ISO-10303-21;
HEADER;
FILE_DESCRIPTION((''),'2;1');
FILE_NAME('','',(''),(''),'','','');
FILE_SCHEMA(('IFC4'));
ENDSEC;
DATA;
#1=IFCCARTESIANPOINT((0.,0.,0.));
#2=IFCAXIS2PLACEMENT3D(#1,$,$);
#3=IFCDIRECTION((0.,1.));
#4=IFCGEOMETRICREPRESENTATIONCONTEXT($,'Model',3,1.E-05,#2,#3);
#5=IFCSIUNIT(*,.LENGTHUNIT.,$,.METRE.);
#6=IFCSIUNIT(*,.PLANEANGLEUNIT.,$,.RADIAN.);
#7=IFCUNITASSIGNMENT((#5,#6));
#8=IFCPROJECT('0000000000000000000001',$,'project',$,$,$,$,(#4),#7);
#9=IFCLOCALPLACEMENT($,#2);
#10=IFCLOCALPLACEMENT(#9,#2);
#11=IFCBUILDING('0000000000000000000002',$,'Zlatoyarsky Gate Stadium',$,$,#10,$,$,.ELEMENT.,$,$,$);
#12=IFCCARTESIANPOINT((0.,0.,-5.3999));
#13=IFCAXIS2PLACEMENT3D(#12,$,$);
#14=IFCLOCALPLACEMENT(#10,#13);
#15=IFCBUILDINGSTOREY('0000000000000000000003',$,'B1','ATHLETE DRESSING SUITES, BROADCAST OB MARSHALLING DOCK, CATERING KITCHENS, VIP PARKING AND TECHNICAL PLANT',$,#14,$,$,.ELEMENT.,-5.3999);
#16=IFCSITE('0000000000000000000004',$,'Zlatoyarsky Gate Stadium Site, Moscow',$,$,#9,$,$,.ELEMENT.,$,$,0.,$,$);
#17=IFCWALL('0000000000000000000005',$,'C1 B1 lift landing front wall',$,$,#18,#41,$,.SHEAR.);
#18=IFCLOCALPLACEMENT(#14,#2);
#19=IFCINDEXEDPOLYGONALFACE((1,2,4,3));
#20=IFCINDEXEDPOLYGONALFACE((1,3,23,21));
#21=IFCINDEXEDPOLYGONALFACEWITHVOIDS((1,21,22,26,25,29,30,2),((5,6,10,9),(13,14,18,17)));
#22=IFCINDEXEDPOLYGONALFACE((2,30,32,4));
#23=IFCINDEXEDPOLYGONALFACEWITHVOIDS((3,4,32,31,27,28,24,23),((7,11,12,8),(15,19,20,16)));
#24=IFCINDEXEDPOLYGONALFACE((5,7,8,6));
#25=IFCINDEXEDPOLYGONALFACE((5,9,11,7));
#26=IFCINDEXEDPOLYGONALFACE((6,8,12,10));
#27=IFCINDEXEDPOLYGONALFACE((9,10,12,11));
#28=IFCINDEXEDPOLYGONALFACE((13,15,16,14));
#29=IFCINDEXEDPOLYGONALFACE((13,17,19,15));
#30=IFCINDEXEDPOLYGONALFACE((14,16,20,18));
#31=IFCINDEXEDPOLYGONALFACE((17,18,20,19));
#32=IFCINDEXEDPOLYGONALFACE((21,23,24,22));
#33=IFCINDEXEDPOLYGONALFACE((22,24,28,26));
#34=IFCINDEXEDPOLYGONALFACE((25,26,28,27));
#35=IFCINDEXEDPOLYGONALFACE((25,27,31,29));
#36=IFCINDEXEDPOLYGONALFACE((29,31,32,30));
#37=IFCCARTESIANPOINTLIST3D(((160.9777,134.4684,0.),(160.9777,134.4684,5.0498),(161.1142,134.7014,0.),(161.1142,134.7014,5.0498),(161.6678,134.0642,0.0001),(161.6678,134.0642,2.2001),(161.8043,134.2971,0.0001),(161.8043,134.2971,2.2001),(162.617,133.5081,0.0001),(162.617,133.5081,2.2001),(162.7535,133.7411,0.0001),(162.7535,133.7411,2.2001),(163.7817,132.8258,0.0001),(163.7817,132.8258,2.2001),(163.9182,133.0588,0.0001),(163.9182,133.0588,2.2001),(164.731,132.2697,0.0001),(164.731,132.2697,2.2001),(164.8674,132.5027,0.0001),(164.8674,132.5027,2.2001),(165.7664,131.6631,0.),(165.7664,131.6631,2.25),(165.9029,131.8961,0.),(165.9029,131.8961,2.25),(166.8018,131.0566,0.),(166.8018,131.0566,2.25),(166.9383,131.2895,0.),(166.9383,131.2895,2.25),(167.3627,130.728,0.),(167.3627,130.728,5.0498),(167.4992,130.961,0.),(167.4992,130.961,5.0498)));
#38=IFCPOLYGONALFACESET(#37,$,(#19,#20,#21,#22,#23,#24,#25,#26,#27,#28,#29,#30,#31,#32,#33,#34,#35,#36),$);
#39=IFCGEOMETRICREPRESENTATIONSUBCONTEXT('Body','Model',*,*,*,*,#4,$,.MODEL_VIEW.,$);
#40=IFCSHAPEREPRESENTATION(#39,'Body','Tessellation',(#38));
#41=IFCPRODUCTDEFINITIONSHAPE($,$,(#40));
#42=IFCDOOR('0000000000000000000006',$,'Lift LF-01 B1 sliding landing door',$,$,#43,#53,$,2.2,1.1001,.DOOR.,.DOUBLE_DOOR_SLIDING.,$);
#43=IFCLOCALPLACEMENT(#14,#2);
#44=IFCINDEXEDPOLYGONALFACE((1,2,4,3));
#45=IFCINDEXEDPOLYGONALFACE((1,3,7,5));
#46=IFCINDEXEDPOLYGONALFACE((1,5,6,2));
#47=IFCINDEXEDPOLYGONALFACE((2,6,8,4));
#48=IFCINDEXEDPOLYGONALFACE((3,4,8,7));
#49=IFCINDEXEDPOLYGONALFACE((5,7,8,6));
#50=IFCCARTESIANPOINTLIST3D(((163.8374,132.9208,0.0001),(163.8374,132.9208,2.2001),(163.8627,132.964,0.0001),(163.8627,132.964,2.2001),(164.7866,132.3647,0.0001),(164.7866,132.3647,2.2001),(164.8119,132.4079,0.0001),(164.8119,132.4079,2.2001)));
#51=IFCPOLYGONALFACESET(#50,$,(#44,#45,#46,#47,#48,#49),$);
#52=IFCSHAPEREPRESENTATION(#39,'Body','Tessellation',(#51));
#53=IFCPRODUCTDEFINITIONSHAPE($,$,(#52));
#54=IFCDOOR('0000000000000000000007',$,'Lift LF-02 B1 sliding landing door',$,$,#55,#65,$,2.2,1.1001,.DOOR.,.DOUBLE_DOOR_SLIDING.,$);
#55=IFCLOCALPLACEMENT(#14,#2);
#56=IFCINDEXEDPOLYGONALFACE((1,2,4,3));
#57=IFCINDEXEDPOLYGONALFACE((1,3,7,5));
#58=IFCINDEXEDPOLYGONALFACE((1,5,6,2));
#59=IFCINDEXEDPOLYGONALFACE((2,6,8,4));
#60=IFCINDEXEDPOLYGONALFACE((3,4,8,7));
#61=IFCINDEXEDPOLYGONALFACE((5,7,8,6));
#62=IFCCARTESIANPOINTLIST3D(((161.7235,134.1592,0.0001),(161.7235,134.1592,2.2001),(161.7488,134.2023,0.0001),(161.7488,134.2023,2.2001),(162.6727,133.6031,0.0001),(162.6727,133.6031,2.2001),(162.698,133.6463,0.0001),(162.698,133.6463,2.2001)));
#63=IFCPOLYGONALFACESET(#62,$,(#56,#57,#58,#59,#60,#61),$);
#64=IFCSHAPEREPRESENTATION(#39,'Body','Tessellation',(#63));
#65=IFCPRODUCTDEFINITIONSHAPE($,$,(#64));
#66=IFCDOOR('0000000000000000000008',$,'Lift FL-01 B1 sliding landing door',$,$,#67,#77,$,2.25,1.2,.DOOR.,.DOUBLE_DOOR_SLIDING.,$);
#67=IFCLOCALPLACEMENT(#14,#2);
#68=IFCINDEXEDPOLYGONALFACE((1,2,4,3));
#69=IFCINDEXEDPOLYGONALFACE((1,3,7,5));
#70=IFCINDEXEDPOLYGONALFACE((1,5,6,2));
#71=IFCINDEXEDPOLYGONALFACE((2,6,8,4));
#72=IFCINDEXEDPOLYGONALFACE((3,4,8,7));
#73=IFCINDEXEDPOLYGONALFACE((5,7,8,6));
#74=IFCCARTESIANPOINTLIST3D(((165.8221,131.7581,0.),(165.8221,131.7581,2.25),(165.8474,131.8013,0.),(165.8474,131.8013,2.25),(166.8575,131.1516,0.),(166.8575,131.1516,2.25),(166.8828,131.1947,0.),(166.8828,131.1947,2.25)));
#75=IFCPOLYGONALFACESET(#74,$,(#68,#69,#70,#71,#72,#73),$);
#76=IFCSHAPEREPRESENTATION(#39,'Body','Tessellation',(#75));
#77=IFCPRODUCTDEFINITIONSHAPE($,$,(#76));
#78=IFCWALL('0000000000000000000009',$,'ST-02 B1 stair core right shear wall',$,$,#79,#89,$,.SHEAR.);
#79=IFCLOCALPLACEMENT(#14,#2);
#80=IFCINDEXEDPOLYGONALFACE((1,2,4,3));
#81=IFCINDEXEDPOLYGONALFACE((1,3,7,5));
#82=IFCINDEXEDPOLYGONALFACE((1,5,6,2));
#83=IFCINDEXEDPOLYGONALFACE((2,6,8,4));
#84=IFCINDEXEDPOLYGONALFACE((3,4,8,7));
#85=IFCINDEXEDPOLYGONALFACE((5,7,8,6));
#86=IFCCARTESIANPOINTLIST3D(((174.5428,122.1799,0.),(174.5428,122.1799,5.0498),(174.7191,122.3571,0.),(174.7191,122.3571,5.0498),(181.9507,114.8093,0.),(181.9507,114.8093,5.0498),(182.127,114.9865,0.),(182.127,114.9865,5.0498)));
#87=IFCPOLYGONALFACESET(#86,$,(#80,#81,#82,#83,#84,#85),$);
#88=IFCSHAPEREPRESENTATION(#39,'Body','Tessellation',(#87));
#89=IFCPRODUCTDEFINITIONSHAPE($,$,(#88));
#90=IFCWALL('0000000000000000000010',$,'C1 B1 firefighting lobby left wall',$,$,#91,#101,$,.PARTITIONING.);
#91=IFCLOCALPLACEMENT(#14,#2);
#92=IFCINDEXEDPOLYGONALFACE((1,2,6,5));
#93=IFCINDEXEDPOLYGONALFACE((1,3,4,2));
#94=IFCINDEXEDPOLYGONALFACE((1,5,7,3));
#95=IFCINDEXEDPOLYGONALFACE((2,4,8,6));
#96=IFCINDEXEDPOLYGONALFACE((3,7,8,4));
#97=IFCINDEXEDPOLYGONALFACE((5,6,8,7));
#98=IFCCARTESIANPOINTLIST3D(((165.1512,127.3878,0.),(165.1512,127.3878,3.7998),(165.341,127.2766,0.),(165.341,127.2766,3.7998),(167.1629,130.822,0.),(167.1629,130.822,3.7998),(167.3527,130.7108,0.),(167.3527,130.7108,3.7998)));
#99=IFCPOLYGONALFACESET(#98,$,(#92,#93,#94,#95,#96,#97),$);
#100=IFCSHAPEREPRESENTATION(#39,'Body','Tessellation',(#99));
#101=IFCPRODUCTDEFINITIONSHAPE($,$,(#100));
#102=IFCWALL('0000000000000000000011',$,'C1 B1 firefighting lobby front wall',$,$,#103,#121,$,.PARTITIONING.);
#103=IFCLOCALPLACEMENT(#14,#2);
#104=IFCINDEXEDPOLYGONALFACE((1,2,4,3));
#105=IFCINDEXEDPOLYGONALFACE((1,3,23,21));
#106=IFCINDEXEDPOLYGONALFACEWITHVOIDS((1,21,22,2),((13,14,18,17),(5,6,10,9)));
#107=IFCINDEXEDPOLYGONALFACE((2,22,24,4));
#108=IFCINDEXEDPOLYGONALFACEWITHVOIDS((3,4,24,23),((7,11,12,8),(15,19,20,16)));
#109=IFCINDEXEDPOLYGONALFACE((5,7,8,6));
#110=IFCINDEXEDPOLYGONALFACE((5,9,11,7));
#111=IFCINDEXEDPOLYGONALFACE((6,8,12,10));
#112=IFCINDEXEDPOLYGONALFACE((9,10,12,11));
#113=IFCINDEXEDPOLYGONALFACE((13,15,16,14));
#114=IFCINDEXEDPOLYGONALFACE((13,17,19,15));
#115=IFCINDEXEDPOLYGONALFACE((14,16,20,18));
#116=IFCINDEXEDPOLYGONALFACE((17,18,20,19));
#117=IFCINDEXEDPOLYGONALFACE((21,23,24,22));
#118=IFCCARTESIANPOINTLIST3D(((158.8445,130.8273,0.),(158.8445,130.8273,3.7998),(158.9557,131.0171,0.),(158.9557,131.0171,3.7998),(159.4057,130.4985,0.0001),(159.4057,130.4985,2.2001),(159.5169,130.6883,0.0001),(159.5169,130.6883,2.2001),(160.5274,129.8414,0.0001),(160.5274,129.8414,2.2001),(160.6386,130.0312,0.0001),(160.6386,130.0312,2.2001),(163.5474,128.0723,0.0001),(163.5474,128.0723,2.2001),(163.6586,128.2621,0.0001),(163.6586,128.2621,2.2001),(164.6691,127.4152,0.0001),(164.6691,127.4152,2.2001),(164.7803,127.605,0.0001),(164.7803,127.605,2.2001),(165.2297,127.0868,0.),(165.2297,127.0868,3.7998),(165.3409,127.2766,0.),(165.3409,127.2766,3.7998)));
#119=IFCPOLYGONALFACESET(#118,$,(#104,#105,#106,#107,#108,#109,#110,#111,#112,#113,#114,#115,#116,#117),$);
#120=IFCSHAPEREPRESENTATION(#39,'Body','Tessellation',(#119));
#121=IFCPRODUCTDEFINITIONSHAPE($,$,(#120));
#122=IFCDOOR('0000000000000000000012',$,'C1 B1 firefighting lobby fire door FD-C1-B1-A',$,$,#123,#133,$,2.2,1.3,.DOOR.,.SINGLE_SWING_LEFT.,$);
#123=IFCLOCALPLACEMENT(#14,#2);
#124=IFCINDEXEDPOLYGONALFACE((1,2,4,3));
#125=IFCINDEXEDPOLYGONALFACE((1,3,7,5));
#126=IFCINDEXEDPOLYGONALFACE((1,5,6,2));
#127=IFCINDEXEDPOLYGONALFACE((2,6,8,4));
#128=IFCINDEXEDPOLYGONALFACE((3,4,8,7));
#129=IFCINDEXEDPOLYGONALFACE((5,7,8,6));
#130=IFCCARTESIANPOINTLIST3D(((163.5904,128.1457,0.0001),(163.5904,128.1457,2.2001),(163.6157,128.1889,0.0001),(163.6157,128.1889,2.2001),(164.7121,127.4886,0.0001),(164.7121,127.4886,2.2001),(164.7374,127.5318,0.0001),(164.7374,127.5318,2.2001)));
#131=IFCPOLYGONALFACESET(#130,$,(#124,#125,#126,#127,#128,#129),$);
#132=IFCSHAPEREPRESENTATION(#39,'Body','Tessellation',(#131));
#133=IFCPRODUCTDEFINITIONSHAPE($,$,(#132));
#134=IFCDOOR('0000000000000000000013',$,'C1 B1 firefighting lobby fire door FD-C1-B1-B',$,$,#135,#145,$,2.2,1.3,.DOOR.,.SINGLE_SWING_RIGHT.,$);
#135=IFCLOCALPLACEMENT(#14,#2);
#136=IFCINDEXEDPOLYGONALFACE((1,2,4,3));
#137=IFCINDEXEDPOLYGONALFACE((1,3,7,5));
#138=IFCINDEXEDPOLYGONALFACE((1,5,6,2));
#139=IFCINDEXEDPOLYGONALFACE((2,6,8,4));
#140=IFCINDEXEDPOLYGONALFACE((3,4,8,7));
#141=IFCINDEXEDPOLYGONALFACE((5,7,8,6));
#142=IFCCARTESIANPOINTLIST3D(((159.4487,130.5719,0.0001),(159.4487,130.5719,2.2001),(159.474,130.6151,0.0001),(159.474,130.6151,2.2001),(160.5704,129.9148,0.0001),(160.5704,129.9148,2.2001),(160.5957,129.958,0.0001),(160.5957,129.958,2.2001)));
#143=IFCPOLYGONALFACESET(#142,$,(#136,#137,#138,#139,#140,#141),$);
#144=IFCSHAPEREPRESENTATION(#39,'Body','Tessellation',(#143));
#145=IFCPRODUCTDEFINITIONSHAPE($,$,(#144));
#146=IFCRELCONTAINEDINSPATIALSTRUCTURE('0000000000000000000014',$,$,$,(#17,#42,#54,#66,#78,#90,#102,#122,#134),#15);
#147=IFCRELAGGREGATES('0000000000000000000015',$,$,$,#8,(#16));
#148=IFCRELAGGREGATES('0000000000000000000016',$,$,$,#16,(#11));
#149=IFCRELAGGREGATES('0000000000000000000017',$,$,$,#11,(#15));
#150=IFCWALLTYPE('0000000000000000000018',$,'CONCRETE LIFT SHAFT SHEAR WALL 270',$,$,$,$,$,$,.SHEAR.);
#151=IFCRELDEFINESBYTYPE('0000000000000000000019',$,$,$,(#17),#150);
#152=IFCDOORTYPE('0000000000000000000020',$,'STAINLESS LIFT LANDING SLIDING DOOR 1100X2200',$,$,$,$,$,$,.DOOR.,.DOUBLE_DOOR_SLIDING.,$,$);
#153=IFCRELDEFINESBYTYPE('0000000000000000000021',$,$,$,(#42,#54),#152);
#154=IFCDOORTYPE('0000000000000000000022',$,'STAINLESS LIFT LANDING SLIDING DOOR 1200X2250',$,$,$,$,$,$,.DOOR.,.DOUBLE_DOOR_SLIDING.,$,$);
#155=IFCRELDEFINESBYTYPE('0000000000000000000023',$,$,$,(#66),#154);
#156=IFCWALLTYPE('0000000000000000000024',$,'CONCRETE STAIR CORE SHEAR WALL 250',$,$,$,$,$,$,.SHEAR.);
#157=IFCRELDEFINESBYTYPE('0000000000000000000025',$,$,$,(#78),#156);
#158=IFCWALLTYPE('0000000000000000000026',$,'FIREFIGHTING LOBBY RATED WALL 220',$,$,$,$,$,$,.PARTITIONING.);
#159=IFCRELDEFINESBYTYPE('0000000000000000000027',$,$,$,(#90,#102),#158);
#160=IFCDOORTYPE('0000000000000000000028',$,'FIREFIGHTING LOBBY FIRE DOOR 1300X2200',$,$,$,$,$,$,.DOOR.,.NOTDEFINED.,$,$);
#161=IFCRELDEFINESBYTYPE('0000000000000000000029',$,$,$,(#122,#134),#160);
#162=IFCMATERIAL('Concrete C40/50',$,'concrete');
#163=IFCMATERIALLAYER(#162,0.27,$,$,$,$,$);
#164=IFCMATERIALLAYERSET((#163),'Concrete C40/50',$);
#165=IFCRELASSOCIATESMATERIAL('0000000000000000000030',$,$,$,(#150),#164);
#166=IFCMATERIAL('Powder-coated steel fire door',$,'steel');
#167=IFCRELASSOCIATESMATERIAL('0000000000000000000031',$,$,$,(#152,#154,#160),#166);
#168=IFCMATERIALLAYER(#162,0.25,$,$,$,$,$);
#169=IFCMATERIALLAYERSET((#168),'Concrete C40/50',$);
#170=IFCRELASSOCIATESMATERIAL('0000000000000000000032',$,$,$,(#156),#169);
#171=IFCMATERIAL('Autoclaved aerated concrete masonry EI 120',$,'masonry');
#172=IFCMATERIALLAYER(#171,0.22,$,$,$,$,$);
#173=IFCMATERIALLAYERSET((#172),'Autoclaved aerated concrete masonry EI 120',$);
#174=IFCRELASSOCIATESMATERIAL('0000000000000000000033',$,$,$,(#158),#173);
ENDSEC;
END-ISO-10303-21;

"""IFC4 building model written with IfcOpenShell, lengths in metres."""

from ifc_helpers import new_model, si_unit, direction, frame, frame_2d, origin, place, context, subcontext, project, spatial, rectangle, extrude, material, layer, layer_set, type_object, element, fill, save


model = new_model("IFC4")

# Units and contexts
model_context = context("Model", 3, precision=1e-05, world=origin(), true_north=direction((0.0, 1.0)))
body_context = subcontext(model_context, "Body", "Model", "MODEL_VIEW")
ifc_project = project(units=[si_unit("LENGTHUNIT", "METRE"), si_unit("PLANEANGLEUNIT", "RADIAN")], contexts=[model_context])

# Site, building, storey
site_placement = place(None, origin())
site = spatial("IfcSite", under=ifc_project, at=site_placement, Name="Zlatoyarsky Gate Stadium Site, Moscow", CompositionType="ELEMENT", RefElevation=0.0)
building_placement = place(site_placement, origin())
building = spatial("IfcBuilding", under=site, at=building_placement, Name="Zlatoyarsky Gate Stadium", CompositionType="ELEMENT")
storey_placement = place(building_placement, frame((0.0, 0.0, -5.3999)))
storey = spatial("IfcBuildingStorey", under=building, at=storey_placement, Name="B1", Description="ATHLETE DRESSING SUITES, BROADCAST OB MARSHALLING DOCK, CATERING KITCHENS, VIP PARKING AND TECHNICAL PLANT", CompositionType="ELEMENT", Elevation=-5.3999)

# Shared definitions
ifc_material_1 = material(Name="Concrete C40/50", Category="concrete")

# Shared definitions
ifc_material_2 = material(Name="Powder-coated steel fire door", Category="steel")

# Shared definitions
ifc_layer_1 = layer(ifc_material_1, 0.27)
ifc_layer_set_1 = layer_set([ifc_layer_1], Name="Concrete C40/50")
wall_type_1 = type_object("IfcWallType", Name="CONCRETE LIFT SHAFT SHEAR WALL 270", PredefinedType="SHEAR", material=ifc_layer_set_1)

# Wall, openings, doors
wall_1_placement = place(storey_placement, frame((167.4309, 130.8445, 0.0), z_axis=(0.0, 0.0, 1.0), x_axis=(-0.862843, 0.505472, 0.0)))
wall_1 = element("IfcWall", 1, at=wall_1_placement, inside=storey, type_object=wall_type_1, Name="C1 B1 lift landing front wall", PredefinedType="SHEAR", context=body_context, shape_type="SweptSolid", body=[
    extrude(rectangle(XDim=7.3999, YDim=0.27, at=frame_2d((3.7, 0.0))), origin(), (0.0, 0.0, 1.0), 5.0498),
])
opening_1_placement = place(wall_1_placement, frame((0.6499, 0.0, 0.0)))
opening_1 = element("IfcOpeningElement", 2, at=opening_1_placement, cuts=wall_1, PredefinedType="OPENING", context=body_context, shape_type="SweptSolid", body=[
    extrude(rectangle(XDim=1.2, YDim=2.25, at=frame_2d((0.6001, 1.125))), frame((0.0, 0.145, 0.0), z_axis=(0.0, -1.0, 0.0), x_axis=(1.0, 0.0, 0.0)), (0.0, 0.0, 1.0), 0.29),
])
opening_2_placement = place(wall_1_placement, frame((3.05, 0.0, 0.0)))
opening_2 = element("IfcOpeningElement", 3, at=opening_2_placement, cuts=wall_1, PredefinedType="OPENING", context=body_context, shape_type="SweptSolid", body=[
    extrude(rectangle(XDim=1.1001, YDim=2.2, at=frame_2d((0.55, 1.1001))), frame((0.0, 0.145, 0.0), z_axis=(0.0, -1.0, 0.0), x_axis=(1.0, 0.0, 0.0)), (0.0, 0.0, 1.0), 0.29),
])
opening_3_placement = place(wall_1_placement, frame((5.5, 0.0, 0.0)))
opening_3 = element("IfcOpeningElement", 4, at=opening_3_placement, cuts=wall_1, PredefinedType="OPENING", context=body_context, shape_type="SweptSolid", body=[
    extrude(rectangle(XDim=1.1001, YDim=2.2, at=frame_2d((0.55, 1.1001))), frame((0.0, 0.145, 0.0), z_axis=(0.0, -1.0, 0.0), x_axis=(1.0, 0.0, 0.0)), (0.0, 0.0, 1.0), 0.29),
])
door_type_1 = type_object("IfcDoorType", Name="STAINLESS LIFT LANDING SLIDING DOOR 1100X2200", OperationType="DOUBLE_DOOR_SLIDING", PredefinedType="DOOR", material=ifc_material_2)
door_1_placement = place(opening_2_placement, origin())
door_1 = element("IfcDoor", 5, at=door_1_placement, inside=storey, type_object=door_type_1, Name="Lift LF-01 B1 sliding landing door", OperationType="DOUBLE_DOOR_SLIDING", OverallHeight=2.2, OverallWidth=1.1001, PredefinedType="DOOR", context=body_context, shape_type="SweptSolid", body=[
    extrude(rectangle(XDim=1.1001, YDim=2.2, at=frame_2d((0.55, 1.1001))), frame((0.0, 0.0249, 0.0), z_axis=(0.0, -1.0, 0.0), x_axis=(1.0, 0.0, 0.0)), (0.0, 0.0, 1.0), 0.05),
])
fill(opening_2, door_1)
door_2_placement = place(opening_3_placement, origin())
door_2 = element("IfcDoor", 6, at=door_2_placement, inside=storey, type_object=door_type_1, Name="Lift LF-02 B1 sliding landing door", OperationType="DOUBLE_DOOR_SLIDING", OverallHeight=2.2, OverallWidth=1.1001, PredefinedType="DOOR", context=body_context, shape_type="SweptSolid", body=[
    extrude(rectangle(XDim=1.1001, YDim=2.2, at=frame_2d((0.55, 1.1001))), frame((0.0, 0.0249, 0.0), z_axis=(0.0, -1.0, 0.0), x_axis=(1.0, 0.0, 0.0)), (0.0, 0.0, 1.0), 0.05),
])
fill(opening_3, door_2)
door_type_2 = type_object("IfcDoorType", Name="STAINLESS LIFT LANDING SLIDING DOOR 1200X2250", OperationType="DOUBLE_DOOR_SLIDING", PredefinedType="DOOR", material=ifc_material_2)
door_3_placement = place(opening_1_placement, origin())
door_3 = element("IfcDoor", 7, at=door_3_placement, inside=storey, type_object=door_type_2, Name="Lift FL-01 B1 sliding landing door", OperationType="DOUBLE_DOOR_SLIDING", OverallHeight=2.25, OverallWidth=1.2, PredefinedType="DOOR", context=body_context, shape_type="SweptSolid", body=[
    extrude(rectangle(XDim=1.2, YDim=2.25, at=frame_2d((0.6001, 1.125))), frame((0.0, 0.0249, 0.0), z_axis=(0.0, -1.0, 0.0), x_axis=(1.0, 0.0, 0.0)), (0.0, 0.0, 1.0), 0.05),
])
fill(opening_1, door_3)

# Walls
ifc_layer_2 = layer(ifc_material_1, 0.25)
ifc_layer_set_2 = layer_set([ifc_layer_2], Name="Concrete C40/50")
wall_type_2 = type_object("IfcWallType", Name="CONCRETE STAIR CORE SHEAR WALL 250", PredefinedType="SHEAR", material=ifc_layer_set_2)
wall_2_placement = place(storey_placement, frame((174.6309, 122.2686, 0.0), z_axis=(0.0, 0.0, 1.0), x_axis=(0.708892, -0.705317, 0.0)))
element("IfcWall", 8, at=wall_2_placement, inside=storey, type_object=wall_type_2, Name="ST-02 B1 stair core right shear wall", PredefinedType="SHEAR", context=body_context, shape_type="SweptSolid", body=[
    extrude(rectangle(XDim=10.45, YDim=0.25, at=frame_2d((5.2251, 0.0))), origin(), (0.0, 0.0, 1.0), 5.0498),
])
ifc_material_3 = material(Name="Autoclaved aerated concrete masonry EI 120", Category="masonry")
ifc_layer_3 = layer(ifc_material_3, 0.22)
ifc_layer_set_3 = layer_set([ifc_layer_3], Name="Autoclaved aerated concrete masonry EI 120")
wall_type_3 = type_object("IfcWallType", Name="FIREFIGHTING LOBBY RATED WALL 220", PredefinedType="PARTITIONING", material=ifc_layer_set_3)
wall_3_placement = place(storey_placement, frame((167.2578, 130.7664, 0.0), z_axis=(0.0, 0.0, 1.0), x_axis=(-0.505464, -0.862847, 0.0)))
element("IfcWall", 9, at=wall_3_placement, inside=storey, type_object=wall_type_3, Name="C1 B1 firefighting lobby left wall", PredefinedType="PARTITIONING", context=body_context, shape_type="SweptSolid", body=[
    extrude(rectangle(XDim=3.98, YDim=0.22, at=frame_2d((1.99, 0.0))), origin(), (0.0, 0.0, 1.0), 3.7998),
])

# Wall, openings, doors
wall_4_placement = place(storey_placement, frame((165.2854, 127.1816, 0.0), z_axis=(0.0, 0.0, 1.0), x_axis=(-0.862851, 0.505458, 0.0)))
wall_4 = element("IfcWall", 10, at=wall_4_placement, inside=storey, type_object=wall_type_3, Name="C1 B1 firefighting lobby front wall", PredefinedType="PARTITIONING", context=body_context, shape_type="SweptSolid", body=[
    extrude(rectangle(XDim=7.4001, YDim=0.22, at=frame_2d((3.7002, 0.0))), origin(), (0.0, 0.0, 1.0), 3.7998),
])
opening_4_placement = place(wall_4_placement, frame((0.6499, 0.0, 0.0)))
opening_4 = element("IfcOpeningElement", 11, at=opening_4_placement, cuts=wall_4, PredefinedType="OPENING", context=body_context, shape_type="SweptSolid", body=[
    extrude(rectangle(XDim=1.3, YDim=2.2, at=frame_2d((0.6499, 1.1001))), frame((0.0, 0.1199, 0.0), z_axis=(0.0, -1.0, 0.0), x_axis=(1.0, 0.0, 0.0)), (0.0, 0.0, 1.0), 0.24),
])
opening_5_placement = place(wall_4_placement, frame((5.45, 0.0, 0.0)))
opening_5 = element("IfcOpeningElement", 12, at=opening_5_placement, cuts=wall_4, PredefinedType="OPENING", context=body_context, shape_type="SweptSolid", body=[
    extrude(rectangle(XDim=1.3, YDim=2.2, at=frame_2d((0.6499, 1.1001))), frame((0.0, 0.1199, 0.0), z_axis=(0.0, -1.0, 0.0), x_axis=(1.0, 0.0, 0.0)), (0.0, 0.0, 1.0), 0.24),
])
door_type_3 = type_object("IfcDoorType", Name="FIREFIGHTING LOBBY FIRE DOOR 1300X2200", OperationType="NOTDEFINED", PredefinedType="DOOR", material=ifc_material_2)
door_4_placement = place(opening_4_placement, origin())
door_4 = element("IfcDoor", 13, at=door_4_placement, inside=storey, type_object=door_type_3, Name="C1 B1 firefighting lobby fire door FD-C1-B1-A", OperationType="SINGLE_SWING_LEFT", OverallHeight=2.2, OverallWidth=1.3, PredefinedType="DOOR", context=body_context, shape_type="SweptSolid", body=[
    extrude(rectangle(XDim=1.3, YDim=2.2, at=frame_2d((0.6499, 1.1001))), frame((0.0, 0.0249, 0.0), z_axis=(0.0, -1.0, 0.0), x_axis=(1.0, 0.0, 0.0)), (0.0, 0.0, 1.0), 0.05),
])
fill(opening_4, door_4)
door_5_placement = place(opening_5_placement, origin())
door_5 = element("IfcDoor", 14, at=door_5_placement, inside=storey, type_object=door_type_3, Name="C1 B1 firefighting lobby fire door FD-C1-B1-B", OperationType="SINGLE_SWING_RIGHT", OverallHeight=2.2, OverallWidth=1.3, PredefinedType="DOOR", context=body_context, shape_type="SweptSolid", body=[
    extrude(rectangle(XDim=1.3, YDim=2.2, at=frame_2d((0.6499, 1.1001))), frame((0.0, 0.0249, 0.0), z_axis=(0.0, -1.0, 0.0), x_axis=(1.0, 0.0, 0.0)), (0.0, 0.0, 1.0), 0.05),
])
fill(opening_5, door_5)

save(model, "model.ifc")
